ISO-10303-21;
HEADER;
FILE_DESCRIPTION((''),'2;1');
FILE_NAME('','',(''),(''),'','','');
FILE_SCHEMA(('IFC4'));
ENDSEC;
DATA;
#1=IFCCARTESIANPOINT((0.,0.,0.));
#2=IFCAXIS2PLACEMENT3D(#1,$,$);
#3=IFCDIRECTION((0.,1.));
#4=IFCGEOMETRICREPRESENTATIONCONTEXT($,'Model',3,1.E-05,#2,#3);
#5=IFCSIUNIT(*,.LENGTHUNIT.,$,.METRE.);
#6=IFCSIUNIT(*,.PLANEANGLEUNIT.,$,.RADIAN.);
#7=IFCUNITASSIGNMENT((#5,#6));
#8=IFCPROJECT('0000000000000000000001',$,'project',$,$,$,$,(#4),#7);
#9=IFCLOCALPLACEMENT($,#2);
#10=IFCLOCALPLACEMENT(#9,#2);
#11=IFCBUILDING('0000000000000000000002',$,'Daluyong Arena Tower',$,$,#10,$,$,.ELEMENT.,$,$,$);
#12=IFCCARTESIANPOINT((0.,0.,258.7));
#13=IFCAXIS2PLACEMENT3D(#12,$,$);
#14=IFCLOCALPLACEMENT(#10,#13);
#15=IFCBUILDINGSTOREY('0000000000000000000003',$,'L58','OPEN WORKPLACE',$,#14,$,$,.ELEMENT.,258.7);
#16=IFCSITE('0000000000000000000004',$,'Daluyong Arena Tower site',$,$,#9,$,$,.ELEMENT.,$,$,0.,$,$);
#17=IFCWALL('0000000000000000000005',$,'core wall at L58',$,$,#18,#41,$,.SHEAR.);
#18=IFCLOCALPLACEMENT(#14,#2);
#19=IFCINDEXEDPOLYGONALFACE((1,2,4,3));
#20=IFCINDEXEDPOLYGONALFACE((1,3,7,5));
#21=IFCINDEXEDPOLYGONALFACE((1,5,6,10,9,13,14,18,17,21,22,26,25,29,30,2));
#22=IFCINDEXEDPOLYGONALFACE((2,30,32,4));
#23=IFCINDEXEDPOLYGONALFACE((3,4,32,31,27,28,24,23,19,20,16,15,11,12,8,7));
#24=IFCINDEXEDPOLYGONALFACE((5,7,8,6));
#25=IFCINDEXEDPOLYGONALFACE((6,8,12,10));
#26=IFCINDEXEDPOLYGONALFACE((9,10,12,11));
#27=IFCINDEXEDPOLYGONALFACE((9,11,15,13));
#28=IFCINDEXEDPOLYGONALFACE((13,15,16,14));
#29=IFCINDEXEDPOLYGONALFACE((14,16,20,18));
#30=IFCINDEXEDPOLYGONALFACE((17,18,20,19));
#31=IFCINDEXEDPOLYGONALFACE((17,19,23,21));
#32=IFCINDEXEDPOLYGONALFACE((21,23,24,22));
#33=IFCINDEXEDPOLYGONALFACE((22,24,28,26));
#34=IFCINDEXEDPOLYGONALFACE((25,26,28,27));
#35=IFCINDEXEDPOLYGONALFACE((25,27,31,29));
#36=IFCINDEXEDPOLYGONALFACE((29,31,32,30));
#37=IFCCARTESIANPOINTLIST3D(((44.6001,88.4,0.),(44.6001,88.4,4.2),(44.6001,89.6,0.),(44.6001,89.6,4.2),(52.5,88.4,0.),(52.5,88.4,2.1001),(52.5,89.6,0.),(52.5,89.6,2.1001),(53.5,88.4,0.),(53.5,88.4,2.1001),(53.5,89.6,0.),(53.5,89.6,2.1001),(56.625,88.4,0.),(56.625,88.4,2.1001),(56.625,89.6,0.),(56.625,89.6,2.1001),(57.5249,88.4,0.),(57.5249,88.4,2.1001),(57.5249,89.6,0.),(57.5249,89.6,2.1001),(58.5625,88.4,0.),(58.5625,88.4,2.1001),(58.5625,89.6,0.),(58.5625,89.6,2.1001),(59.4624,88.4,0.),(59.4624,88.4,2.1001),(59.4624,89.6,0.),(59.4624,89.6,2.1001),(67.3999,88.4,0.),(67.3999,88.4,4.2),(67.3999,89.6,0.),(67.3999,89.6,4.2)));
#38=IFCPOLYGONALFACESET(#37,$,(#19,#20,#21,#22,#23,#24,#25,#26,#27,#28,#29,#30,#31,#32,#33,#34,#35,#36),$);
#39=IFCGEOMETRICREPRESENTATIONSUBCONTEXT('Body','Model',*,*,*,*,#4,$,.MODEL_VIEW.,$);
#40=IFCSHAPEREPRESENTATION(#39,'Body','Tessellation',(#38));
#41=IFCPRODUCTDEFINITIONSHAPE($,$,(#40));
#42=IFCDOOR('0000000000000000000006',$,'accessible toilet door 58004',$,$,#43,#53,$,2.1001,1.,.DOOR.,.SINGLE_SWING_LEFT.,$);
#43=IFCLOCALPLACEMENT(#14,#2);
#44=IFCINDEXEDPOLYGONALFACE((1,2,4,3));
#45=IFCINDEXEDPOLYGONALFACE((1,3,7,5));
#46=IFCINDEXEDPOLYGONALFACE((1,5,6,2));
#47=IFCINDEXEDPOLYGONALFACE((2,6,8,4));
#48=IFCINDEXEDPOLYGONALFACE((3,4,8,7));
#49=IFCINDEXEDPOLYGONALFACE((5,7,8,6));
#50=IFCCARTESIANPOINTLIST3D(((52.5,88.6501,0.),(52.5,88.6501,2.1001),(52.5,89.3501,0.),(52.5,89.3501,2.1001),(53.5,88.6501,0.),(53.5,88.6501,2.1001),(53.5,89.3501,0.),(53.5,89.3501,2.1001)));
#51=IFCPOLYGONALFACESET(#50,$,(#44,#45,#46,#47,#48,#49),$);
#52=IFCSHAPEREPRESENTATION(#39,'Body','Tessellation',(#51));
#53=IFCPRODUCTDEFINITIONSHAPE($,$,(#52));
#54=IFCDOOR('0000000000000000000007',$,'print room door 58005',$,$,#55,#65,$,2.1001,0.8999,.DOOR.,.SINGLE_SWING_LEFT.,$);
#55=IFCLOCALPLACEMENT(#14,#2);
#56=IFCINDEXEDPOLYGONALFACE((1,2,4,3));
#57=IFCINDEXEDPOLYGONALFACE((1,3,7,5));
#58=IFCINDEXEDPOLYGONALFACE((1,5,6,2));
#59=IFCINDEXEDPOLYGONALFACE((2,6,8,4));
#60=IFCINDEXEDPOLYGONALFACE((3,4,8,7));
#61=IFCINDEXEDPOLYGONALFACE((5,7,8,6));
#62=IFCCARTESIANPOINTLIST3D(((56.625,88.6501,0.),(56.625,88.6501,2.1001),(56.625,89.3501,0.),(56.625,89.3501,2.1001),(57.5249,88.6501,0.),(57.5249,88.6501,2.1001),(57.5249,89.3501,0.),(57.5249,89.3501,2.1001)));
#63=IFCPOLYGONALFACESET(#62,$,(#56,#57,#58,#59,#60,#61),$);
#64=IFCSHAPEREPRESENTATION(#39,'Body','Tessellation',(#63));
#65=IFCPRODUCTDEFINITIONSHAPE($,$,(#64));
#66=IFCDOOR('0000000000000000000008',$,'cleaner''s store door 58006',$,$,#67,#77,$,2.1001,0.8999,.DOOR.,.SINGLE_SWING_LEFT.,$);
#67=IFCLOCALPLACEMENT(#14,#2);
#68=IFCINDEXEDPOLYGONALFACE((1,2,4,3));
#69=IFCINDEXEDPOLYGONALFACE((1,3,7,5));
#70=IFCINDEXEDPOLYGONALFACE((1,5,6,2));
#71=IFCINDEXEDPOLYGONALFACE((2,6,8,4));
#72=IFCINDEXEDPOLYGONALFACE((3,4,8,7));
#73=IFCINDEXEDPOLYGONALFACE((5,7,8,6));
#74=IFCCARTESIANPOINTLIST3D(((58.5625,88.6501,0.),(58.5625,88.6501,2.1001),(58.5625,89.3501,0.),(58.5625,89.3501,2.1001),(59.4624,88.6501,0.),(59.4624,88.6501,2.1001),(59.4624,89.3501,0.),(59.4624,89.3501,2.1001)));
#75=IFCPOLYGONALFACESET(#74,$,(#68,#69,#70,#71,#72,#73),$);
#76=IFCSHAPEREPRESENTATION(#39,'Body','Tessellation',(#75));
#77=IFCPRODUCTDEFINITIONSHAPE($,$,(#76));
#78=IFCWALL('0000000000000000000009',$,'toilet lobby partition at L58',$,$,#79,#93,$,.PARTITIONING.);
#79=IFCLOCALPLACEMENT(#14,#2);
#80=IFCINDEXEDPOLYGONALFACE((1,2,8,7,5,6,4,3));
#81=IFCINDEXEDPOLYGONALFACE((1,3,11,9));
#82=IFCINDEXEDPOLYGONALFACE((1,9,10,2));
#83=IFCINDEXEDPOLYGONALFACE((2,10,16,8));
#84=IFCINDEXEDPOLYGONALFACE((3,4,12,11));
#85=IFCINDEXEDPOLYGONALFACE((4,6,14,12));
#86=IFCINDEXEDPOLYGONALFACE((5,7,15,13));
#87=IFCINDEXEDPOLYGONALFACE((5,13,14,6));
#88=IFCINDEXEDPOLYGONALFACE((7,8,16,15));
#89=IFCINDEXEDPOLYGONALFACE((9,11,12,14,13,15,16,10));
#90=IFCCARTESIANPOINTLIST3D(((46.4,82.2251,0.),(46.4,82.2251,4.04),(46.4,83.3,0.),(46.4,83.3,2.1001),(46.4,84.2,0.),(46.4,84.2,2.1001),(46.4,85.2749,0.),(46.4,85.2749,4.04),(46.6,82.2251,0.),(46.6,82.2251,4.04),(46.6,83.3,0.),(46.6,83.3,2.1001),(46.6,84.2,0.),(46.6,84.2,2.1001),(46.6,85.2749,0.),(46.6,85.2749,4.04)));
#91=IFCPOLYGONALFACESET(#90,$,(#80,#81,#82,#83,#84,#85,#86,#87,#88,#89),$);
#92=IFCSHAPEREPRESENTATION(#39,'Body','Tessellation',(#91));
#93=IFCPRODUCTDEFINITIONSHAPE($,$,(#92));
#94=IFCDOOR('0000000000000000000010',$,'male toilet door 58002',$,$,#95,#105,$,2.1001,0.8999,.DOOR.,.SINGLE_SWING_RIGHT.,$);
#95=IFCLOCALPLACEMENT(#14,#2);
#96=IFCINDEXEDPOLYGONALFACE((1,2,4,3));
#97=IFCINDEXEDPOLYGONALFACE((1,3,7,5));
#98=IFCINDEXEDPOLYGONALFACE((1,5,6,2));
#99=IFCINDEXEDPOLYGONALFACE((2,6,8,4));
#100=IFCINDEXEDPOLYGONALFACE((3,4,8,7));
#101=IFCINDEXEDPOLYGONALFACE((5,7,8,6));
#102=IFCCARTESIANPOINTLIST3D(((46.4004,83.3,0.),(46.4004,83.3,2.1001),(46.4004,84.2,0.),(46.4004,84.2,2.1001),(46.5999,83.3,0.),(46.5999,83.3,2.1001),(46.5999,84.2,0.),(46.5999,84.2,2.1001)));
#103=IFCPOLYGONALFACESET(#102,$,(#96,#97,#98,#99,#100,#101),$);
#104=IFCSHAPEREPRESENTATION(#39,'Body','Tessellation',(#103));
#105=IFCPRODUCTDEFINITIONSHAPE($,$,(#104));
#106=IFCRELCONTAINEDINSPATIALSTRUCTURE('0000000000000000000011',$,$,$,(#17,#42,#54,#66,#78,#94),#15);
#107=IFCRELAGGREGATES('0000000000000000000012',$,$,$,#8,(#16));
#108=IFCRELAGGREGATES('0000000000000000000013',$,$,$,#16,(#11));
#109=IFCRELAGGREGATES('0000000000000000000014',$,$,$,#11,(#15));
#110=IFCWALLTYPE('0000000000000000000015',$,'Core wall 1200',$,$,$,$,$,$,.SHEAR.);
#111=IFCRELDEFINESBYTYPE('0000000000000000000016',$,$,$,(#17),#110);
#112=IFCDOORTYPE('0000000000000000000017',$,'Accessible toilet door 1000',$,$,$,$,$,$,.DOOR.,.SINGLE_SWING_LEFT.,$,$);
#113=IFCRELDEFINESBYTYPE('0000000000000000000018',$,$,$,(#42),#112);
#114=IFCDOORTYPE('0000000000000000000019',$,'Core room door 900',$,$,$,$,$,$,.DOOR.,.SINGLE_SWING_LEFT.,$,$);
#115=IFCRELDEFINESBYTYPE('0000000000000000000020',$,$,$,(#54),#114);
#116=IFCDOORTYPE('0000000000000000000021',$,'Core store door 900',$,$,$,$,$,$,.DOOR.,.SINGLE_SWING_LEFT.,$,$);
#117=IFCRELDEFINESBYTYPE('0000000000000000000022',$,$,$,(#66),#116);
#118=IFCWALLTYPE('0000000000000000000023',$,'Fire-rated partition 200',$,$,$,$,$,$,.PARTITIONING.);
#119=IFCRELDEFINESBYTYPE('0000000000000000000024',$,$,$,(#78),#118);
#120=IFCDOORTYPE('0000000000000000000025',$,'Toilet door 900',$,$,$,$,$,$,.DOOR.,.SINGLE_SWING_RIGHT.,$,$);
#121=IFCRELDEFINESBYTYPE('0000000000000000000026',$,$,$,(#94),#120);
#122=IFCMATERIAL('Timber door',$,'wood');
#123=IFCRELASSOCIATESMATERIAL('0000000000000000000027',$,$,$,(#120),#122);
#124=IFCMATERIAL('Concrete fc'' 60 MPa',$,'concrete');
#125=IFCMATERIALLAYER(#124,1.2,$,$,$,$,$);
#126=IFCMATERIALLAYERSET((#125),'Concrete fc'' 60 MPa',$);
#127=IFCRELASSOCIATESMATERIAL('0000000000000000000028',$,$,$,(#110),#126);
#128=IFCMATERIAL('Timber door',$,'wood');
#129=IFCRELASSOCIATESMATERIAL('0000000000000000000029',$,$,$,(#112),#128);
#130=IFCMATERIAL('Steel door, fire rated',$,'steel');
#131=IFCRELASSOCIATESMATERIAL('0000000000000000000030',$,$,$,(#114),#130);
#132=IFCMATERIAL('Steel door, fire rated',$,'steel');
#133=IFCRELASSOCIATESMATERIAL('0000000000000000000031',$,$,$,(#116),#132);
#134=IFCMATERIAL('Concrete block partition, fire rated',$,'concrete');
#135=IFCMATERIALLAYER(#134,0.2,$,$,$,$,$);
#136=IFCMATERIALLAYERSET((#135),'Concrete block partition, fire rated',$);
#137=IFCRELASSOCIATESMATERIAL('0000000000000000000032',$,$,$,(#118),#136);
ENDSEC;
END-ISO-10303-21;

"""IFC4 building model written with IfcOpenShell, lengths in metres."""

from ifc_helpers import new_model, si_unit, direction, frame, frame_2d, origin, place, context, subcontext, project, spatial, rectangle, extrude, material, layer, layer_set, type_object, element, fill, save


model = new_model("IFC4")

# Units and contexts
model_context = context("Model", 3, precision=1e-05, world=origin(), true_north=direction((0.0, 1.0)))
body_context = subcontext(model_context, "Body", "Model", "MODEL_VIEW")
ifc_project = project(units=[si_unit("LENGTHUNIT", "METRE"), si_unit("PLANEANGLEUNIT", "RADIAN")], contexts=[model_context])

# Site, building, storey
site_placement = place(None, origin())
site = spatial("IfcSite", under=ifc_project, at=site_placement, Name="Daluyong Arena Tower site", CompositionType="ELEMENT", RefElevation=0.0)
building_placement = place(site_placement, origin())
building = spatial("IfcBuilding", under=site, at=building_placement, Name="Daluyong Arena Tower", CompositionType="ELEMENT")
storey_placement = place(building_placement, frame((0.0, 0.0, 258.7)))
storey = spatial("IfcBuildingStorey", under=building, at=storey_placement, Name="L58", Description="OPEN WORKPLACE", CompositionType="ELEMENT", Elevation=258.7)

# Shared definitions
ifc_material_1 = material(Name="Timber door", Category="wood")
door_type_1 = type_object("IfcDoorType", Name="Toilet door 900", OperationType="SINGLE_SWING_RIGHT", PredefinedType="DOOR", material=ifc_material_1)

# Wall, openings, doors
ifc_material_2 = material(Name="Concrete fc' 60 MPa", Category="concrete")
ifc_layer_1 = layer(ifc_material_2, 1.2)
ifc_layer_set_1 = layer_set([ifc_layer_1], Name="Concrete fc' 60 MPa")
wall_type_1 = type_object("IfcWallType", Name="Core wall 1200", PredefinedType="SHEAR", material=ifc_layer_set_1)
wall_1_placement = place(storey_placement, frame((44.6001, 89.0, 0.0), z_axis=(0.0, 0.0, 1.0), x_axis=(1.0, 0.0, 0.0)))
wall_1 = element("IfcWall", 1, at=wall_1_placement, inside=storey, type_object=wall_type_1, Name="core wall at L58", PredefinedType="SHEAR", context=body_context, shape_type="SweptSolid", body=[
    extrude(rectangle(XDim=22.7998, YDim=1.2, at=frame_2d((11.3999, 0.0))), origin(), (0.0, 0.0, 1.0), 4.2),
])
opening_1_placement = place(wall_1_placement, frame((7.8999, 0.0, 0.0)))
opening_1 = element("IfcOpeningElement", 2, at=opening_1_placement, cuts=wall_1, PredefinedType="OPENING", context=body_context, shape_type="SweptSolid", body=[
    extrude(rectangle(XDim=1.0, YDim=2.1001, at=frame_2d((0.5, 1.05))), frame((0.0, 0.6099, 0.0), z_axis=(0.0, -1.0, 0.0), x_axis=(1.0, 0.0, 0.0)), (0.0, 0.0, 1.0), 1.22),
])
opening_2_placement = place(wall_1_placement, frame((12.0249, 0.0, 0.0)))
opening_2 = element("IfcOpeningElement", 3, at=opening_2_placement, cuts=wall_1, PredefinedType="OPENING", context=body_context, shape_type="SweptSolid", body=[
    extrude(rectangle(XDim=0.8999, YDim=2.1001, at=frame_2d((0.45, 1.05))), frame((0.0, 0.6099, 0.0), z_axis=(0.0, -1.0, 0.0), x_axis=(1.0, 0.0, 0.0)), (0.0, 0.0, 1.0), 1.22),
])
opening_3_placement = place(wall_1_placement, frame((13.9624, 0.0, 0.0)))
opening_3 = element("IfcOpeningElement", 4, at=opening_3_placement, cuts=wall_1, PredefinedType="OPENING", context=body_context, shape_type="SweptSolid", body=[
    extrude(rectangle(XDim=0.8999, YDim=2.1001, at=frame_2d((0.45, 1.05))), frame((0.0, 0.6099, 0.0), z_axis=(0.0, -1.0, 0.0), x_axis=(1.0, 0.0, 0.0)), (0.0, 0.0, 1.0), 1.22),
])
ifc_material_3 = material(Name="Timber door", Category="wood")
door_type_2 = type_object("IfcDoorType", Name="Accessible toilet door 1000", OperationType="SINGLE_SWING_LEFT", PredefinedType="DOOR", material=ifc_material_3)
door_1_placement = place(opening_1_placement, origin())
door_1 = element("IfcDoor", 5, at=door_1_placement, inside=storey, type_object=door_type_2, Name="accessible toilet door 58004", OperationType="SINGLE_SWING_LEFT", OverallHeight=2.1001, OverallWidth=1.0, PredefinedType="DOOR", context=body_context, shape_type="SweptSolid", body=[
    extrude(rectangle(XDim=1.0, YDim=2.1001, at=frame_2d((0.5, 1.05))), frame((0.0, 0.3501, 0.0), z_axis=(0.0, -1.0, 0.0), x_axis=(1.0, 0.0, 0.0)), (0.0, 0.0, 1.0), 0.7),
])
fill(opening_1, door_1)
ifc_material_4 = material(Name="Steel door, fire rated", Category="steel")
door_type_3 = type_object("IfcDoorType", Name="Core room door 900", OperationType="SINGLE_SWING_LEFT", PredefinedType="DOOR", material=ifc_material_4)
door_2_placement = place(opening_2_placement, origin())
door_2 = element("IfcDoor", 6, at=door_2_placement, inside=storey, type_object=door_type_3, Name="print room door 58005", OperationType="SINGLE_SWING_LEFT", OverallHeight=2.1001, OverallWidth=0.8999, PredefinedType="DOOR", context=body_context, shape_type="SweptSolid", body=[
    extrude(rectangle(XDim=0.8999, YDim=2.1001, at=frame_2d((0.45, 1.05))), frame((0.0, 0.3501, 0.0), z_axis=(0.0, -1.0, 0.0), x_axis=(1.0, 0.0, 0.0)), (0.0, 0.0, 1.0), 0.7),
])
fill(opening_2, door_2)
ifc_material_5 = material(Name="Steel door, fire rated", Category="steel")
door_type_4 = type_object("IfcDoorType", Name="Core store door 900", OperationType="SINGLE_SWING_LEFT", PredefinedType="DOOR", material=ifc_material_5)
door_3_placement = place(opening_3_placement, origin())
door_3 = element("IfcDoor", 7, at=door_3_placement, inside=storey, type_object=door_type_4, Name="cleaner's store door 58006", OperationType="SINGLE_SWING_LEFT", OverallHeight=2.1001, OverallWidth=0.8999, PredefinedType="DOOR", context=body_context, shape_type="SweptSolid", body=[
    extrude(rectangle(XDim=0.8999, YDim=2.1001, at=frame_2d((0.45, 1.05))), frame((0.0, 0.3501, 0.0), z_axis=(0.0, -1.0, 0.0), x_axis=(1.0, 0.0, 0.0)), (0.0, 0.0, 1.0), 0.7),
])
fill(opening_3, door_3)

# Wall, opening, door
ifc_material_6 = material(Name="Concrete block partition, fire rated", Category="concrete")
ifc_layer_2 = layer(ifc_material_6, 0.2)
ifc_layer_set_2 = layer_set([ifc_layer_2], Name="Concrete block partition, fire rated")
wall_type_2 = type_object("IfcWallType", Name="Fire-rated partition 200", PredefinedType="PARTITIONING", material=ifc_layer_set_2)
wall_2_placement = place(storey_placement, frame((46.5, 82.2251, 0.0), z_axis=(0.0, 0.0, 1.0), x_axis=(0.0, 1.0, 0.0)))
wall_2 = element("IfcWall", 8, at=wall_2_placement, inside=storey, type_object=wall_type_2, Name="toilet lobby partition at L58", PredefinedType="PARTITIONING", context=body_context, shape_type="SweptSolid", body=[
    extrude(rectangle(XDim=3.0498, YDim=0.2, at=frame_2d((1.5249, 0.0))), origin(), (0.0, 0.0, 1.0), 4.04),
])
opening_4_placement = place(wall_2_placement, frame((1.075, 0.0, 0.0)))
opening_4 = element("IfcOpeningElement", 9, at=opening_4_placement, cuts=wall_2, PredefinedType="OPENING", context=body_context, shape_type="SweptSolid", body=[
    extrude(rectangle(XDim=0.8999, YDim=2.1001, at=frame_2d((0.45, 1.05))), frame((0.0, 0.1099, 0.0), z_axis=(0.0, -1.0, 0.0), x_axis=(1.0, 0.0, 0.0)), (0.0, 0.0, 1.0), 0.22),
])
door_4_placement = place(opening_4_placement, origin())
door_4 = element("IfcDoor", 10, at=door_4_placement, inside=storey, type_object=door_type_1, Name="male toilet door 58002", OperationType="SINGLE_SWING_RIGHT", OverallHeight=2.1001, OverallWidth=0.8999, PredefinedType="DOOR", context=body_context, shape_type="SweptSolid", body=[
    extrude(rectangle(XDim=0.8999, YDim=2.1001, at=frame_2d((0.45, 1.05))), frame((0.0, 0.0996, 0.0), z_axis=(0.0, -1.0, 0.0), x_axis=(1.0, 0.0, 0.0)), (0.0, 0.0, 1.0), 0.1995),
])
fill(opening_4, door_4)

save(model, "model.ifc")
